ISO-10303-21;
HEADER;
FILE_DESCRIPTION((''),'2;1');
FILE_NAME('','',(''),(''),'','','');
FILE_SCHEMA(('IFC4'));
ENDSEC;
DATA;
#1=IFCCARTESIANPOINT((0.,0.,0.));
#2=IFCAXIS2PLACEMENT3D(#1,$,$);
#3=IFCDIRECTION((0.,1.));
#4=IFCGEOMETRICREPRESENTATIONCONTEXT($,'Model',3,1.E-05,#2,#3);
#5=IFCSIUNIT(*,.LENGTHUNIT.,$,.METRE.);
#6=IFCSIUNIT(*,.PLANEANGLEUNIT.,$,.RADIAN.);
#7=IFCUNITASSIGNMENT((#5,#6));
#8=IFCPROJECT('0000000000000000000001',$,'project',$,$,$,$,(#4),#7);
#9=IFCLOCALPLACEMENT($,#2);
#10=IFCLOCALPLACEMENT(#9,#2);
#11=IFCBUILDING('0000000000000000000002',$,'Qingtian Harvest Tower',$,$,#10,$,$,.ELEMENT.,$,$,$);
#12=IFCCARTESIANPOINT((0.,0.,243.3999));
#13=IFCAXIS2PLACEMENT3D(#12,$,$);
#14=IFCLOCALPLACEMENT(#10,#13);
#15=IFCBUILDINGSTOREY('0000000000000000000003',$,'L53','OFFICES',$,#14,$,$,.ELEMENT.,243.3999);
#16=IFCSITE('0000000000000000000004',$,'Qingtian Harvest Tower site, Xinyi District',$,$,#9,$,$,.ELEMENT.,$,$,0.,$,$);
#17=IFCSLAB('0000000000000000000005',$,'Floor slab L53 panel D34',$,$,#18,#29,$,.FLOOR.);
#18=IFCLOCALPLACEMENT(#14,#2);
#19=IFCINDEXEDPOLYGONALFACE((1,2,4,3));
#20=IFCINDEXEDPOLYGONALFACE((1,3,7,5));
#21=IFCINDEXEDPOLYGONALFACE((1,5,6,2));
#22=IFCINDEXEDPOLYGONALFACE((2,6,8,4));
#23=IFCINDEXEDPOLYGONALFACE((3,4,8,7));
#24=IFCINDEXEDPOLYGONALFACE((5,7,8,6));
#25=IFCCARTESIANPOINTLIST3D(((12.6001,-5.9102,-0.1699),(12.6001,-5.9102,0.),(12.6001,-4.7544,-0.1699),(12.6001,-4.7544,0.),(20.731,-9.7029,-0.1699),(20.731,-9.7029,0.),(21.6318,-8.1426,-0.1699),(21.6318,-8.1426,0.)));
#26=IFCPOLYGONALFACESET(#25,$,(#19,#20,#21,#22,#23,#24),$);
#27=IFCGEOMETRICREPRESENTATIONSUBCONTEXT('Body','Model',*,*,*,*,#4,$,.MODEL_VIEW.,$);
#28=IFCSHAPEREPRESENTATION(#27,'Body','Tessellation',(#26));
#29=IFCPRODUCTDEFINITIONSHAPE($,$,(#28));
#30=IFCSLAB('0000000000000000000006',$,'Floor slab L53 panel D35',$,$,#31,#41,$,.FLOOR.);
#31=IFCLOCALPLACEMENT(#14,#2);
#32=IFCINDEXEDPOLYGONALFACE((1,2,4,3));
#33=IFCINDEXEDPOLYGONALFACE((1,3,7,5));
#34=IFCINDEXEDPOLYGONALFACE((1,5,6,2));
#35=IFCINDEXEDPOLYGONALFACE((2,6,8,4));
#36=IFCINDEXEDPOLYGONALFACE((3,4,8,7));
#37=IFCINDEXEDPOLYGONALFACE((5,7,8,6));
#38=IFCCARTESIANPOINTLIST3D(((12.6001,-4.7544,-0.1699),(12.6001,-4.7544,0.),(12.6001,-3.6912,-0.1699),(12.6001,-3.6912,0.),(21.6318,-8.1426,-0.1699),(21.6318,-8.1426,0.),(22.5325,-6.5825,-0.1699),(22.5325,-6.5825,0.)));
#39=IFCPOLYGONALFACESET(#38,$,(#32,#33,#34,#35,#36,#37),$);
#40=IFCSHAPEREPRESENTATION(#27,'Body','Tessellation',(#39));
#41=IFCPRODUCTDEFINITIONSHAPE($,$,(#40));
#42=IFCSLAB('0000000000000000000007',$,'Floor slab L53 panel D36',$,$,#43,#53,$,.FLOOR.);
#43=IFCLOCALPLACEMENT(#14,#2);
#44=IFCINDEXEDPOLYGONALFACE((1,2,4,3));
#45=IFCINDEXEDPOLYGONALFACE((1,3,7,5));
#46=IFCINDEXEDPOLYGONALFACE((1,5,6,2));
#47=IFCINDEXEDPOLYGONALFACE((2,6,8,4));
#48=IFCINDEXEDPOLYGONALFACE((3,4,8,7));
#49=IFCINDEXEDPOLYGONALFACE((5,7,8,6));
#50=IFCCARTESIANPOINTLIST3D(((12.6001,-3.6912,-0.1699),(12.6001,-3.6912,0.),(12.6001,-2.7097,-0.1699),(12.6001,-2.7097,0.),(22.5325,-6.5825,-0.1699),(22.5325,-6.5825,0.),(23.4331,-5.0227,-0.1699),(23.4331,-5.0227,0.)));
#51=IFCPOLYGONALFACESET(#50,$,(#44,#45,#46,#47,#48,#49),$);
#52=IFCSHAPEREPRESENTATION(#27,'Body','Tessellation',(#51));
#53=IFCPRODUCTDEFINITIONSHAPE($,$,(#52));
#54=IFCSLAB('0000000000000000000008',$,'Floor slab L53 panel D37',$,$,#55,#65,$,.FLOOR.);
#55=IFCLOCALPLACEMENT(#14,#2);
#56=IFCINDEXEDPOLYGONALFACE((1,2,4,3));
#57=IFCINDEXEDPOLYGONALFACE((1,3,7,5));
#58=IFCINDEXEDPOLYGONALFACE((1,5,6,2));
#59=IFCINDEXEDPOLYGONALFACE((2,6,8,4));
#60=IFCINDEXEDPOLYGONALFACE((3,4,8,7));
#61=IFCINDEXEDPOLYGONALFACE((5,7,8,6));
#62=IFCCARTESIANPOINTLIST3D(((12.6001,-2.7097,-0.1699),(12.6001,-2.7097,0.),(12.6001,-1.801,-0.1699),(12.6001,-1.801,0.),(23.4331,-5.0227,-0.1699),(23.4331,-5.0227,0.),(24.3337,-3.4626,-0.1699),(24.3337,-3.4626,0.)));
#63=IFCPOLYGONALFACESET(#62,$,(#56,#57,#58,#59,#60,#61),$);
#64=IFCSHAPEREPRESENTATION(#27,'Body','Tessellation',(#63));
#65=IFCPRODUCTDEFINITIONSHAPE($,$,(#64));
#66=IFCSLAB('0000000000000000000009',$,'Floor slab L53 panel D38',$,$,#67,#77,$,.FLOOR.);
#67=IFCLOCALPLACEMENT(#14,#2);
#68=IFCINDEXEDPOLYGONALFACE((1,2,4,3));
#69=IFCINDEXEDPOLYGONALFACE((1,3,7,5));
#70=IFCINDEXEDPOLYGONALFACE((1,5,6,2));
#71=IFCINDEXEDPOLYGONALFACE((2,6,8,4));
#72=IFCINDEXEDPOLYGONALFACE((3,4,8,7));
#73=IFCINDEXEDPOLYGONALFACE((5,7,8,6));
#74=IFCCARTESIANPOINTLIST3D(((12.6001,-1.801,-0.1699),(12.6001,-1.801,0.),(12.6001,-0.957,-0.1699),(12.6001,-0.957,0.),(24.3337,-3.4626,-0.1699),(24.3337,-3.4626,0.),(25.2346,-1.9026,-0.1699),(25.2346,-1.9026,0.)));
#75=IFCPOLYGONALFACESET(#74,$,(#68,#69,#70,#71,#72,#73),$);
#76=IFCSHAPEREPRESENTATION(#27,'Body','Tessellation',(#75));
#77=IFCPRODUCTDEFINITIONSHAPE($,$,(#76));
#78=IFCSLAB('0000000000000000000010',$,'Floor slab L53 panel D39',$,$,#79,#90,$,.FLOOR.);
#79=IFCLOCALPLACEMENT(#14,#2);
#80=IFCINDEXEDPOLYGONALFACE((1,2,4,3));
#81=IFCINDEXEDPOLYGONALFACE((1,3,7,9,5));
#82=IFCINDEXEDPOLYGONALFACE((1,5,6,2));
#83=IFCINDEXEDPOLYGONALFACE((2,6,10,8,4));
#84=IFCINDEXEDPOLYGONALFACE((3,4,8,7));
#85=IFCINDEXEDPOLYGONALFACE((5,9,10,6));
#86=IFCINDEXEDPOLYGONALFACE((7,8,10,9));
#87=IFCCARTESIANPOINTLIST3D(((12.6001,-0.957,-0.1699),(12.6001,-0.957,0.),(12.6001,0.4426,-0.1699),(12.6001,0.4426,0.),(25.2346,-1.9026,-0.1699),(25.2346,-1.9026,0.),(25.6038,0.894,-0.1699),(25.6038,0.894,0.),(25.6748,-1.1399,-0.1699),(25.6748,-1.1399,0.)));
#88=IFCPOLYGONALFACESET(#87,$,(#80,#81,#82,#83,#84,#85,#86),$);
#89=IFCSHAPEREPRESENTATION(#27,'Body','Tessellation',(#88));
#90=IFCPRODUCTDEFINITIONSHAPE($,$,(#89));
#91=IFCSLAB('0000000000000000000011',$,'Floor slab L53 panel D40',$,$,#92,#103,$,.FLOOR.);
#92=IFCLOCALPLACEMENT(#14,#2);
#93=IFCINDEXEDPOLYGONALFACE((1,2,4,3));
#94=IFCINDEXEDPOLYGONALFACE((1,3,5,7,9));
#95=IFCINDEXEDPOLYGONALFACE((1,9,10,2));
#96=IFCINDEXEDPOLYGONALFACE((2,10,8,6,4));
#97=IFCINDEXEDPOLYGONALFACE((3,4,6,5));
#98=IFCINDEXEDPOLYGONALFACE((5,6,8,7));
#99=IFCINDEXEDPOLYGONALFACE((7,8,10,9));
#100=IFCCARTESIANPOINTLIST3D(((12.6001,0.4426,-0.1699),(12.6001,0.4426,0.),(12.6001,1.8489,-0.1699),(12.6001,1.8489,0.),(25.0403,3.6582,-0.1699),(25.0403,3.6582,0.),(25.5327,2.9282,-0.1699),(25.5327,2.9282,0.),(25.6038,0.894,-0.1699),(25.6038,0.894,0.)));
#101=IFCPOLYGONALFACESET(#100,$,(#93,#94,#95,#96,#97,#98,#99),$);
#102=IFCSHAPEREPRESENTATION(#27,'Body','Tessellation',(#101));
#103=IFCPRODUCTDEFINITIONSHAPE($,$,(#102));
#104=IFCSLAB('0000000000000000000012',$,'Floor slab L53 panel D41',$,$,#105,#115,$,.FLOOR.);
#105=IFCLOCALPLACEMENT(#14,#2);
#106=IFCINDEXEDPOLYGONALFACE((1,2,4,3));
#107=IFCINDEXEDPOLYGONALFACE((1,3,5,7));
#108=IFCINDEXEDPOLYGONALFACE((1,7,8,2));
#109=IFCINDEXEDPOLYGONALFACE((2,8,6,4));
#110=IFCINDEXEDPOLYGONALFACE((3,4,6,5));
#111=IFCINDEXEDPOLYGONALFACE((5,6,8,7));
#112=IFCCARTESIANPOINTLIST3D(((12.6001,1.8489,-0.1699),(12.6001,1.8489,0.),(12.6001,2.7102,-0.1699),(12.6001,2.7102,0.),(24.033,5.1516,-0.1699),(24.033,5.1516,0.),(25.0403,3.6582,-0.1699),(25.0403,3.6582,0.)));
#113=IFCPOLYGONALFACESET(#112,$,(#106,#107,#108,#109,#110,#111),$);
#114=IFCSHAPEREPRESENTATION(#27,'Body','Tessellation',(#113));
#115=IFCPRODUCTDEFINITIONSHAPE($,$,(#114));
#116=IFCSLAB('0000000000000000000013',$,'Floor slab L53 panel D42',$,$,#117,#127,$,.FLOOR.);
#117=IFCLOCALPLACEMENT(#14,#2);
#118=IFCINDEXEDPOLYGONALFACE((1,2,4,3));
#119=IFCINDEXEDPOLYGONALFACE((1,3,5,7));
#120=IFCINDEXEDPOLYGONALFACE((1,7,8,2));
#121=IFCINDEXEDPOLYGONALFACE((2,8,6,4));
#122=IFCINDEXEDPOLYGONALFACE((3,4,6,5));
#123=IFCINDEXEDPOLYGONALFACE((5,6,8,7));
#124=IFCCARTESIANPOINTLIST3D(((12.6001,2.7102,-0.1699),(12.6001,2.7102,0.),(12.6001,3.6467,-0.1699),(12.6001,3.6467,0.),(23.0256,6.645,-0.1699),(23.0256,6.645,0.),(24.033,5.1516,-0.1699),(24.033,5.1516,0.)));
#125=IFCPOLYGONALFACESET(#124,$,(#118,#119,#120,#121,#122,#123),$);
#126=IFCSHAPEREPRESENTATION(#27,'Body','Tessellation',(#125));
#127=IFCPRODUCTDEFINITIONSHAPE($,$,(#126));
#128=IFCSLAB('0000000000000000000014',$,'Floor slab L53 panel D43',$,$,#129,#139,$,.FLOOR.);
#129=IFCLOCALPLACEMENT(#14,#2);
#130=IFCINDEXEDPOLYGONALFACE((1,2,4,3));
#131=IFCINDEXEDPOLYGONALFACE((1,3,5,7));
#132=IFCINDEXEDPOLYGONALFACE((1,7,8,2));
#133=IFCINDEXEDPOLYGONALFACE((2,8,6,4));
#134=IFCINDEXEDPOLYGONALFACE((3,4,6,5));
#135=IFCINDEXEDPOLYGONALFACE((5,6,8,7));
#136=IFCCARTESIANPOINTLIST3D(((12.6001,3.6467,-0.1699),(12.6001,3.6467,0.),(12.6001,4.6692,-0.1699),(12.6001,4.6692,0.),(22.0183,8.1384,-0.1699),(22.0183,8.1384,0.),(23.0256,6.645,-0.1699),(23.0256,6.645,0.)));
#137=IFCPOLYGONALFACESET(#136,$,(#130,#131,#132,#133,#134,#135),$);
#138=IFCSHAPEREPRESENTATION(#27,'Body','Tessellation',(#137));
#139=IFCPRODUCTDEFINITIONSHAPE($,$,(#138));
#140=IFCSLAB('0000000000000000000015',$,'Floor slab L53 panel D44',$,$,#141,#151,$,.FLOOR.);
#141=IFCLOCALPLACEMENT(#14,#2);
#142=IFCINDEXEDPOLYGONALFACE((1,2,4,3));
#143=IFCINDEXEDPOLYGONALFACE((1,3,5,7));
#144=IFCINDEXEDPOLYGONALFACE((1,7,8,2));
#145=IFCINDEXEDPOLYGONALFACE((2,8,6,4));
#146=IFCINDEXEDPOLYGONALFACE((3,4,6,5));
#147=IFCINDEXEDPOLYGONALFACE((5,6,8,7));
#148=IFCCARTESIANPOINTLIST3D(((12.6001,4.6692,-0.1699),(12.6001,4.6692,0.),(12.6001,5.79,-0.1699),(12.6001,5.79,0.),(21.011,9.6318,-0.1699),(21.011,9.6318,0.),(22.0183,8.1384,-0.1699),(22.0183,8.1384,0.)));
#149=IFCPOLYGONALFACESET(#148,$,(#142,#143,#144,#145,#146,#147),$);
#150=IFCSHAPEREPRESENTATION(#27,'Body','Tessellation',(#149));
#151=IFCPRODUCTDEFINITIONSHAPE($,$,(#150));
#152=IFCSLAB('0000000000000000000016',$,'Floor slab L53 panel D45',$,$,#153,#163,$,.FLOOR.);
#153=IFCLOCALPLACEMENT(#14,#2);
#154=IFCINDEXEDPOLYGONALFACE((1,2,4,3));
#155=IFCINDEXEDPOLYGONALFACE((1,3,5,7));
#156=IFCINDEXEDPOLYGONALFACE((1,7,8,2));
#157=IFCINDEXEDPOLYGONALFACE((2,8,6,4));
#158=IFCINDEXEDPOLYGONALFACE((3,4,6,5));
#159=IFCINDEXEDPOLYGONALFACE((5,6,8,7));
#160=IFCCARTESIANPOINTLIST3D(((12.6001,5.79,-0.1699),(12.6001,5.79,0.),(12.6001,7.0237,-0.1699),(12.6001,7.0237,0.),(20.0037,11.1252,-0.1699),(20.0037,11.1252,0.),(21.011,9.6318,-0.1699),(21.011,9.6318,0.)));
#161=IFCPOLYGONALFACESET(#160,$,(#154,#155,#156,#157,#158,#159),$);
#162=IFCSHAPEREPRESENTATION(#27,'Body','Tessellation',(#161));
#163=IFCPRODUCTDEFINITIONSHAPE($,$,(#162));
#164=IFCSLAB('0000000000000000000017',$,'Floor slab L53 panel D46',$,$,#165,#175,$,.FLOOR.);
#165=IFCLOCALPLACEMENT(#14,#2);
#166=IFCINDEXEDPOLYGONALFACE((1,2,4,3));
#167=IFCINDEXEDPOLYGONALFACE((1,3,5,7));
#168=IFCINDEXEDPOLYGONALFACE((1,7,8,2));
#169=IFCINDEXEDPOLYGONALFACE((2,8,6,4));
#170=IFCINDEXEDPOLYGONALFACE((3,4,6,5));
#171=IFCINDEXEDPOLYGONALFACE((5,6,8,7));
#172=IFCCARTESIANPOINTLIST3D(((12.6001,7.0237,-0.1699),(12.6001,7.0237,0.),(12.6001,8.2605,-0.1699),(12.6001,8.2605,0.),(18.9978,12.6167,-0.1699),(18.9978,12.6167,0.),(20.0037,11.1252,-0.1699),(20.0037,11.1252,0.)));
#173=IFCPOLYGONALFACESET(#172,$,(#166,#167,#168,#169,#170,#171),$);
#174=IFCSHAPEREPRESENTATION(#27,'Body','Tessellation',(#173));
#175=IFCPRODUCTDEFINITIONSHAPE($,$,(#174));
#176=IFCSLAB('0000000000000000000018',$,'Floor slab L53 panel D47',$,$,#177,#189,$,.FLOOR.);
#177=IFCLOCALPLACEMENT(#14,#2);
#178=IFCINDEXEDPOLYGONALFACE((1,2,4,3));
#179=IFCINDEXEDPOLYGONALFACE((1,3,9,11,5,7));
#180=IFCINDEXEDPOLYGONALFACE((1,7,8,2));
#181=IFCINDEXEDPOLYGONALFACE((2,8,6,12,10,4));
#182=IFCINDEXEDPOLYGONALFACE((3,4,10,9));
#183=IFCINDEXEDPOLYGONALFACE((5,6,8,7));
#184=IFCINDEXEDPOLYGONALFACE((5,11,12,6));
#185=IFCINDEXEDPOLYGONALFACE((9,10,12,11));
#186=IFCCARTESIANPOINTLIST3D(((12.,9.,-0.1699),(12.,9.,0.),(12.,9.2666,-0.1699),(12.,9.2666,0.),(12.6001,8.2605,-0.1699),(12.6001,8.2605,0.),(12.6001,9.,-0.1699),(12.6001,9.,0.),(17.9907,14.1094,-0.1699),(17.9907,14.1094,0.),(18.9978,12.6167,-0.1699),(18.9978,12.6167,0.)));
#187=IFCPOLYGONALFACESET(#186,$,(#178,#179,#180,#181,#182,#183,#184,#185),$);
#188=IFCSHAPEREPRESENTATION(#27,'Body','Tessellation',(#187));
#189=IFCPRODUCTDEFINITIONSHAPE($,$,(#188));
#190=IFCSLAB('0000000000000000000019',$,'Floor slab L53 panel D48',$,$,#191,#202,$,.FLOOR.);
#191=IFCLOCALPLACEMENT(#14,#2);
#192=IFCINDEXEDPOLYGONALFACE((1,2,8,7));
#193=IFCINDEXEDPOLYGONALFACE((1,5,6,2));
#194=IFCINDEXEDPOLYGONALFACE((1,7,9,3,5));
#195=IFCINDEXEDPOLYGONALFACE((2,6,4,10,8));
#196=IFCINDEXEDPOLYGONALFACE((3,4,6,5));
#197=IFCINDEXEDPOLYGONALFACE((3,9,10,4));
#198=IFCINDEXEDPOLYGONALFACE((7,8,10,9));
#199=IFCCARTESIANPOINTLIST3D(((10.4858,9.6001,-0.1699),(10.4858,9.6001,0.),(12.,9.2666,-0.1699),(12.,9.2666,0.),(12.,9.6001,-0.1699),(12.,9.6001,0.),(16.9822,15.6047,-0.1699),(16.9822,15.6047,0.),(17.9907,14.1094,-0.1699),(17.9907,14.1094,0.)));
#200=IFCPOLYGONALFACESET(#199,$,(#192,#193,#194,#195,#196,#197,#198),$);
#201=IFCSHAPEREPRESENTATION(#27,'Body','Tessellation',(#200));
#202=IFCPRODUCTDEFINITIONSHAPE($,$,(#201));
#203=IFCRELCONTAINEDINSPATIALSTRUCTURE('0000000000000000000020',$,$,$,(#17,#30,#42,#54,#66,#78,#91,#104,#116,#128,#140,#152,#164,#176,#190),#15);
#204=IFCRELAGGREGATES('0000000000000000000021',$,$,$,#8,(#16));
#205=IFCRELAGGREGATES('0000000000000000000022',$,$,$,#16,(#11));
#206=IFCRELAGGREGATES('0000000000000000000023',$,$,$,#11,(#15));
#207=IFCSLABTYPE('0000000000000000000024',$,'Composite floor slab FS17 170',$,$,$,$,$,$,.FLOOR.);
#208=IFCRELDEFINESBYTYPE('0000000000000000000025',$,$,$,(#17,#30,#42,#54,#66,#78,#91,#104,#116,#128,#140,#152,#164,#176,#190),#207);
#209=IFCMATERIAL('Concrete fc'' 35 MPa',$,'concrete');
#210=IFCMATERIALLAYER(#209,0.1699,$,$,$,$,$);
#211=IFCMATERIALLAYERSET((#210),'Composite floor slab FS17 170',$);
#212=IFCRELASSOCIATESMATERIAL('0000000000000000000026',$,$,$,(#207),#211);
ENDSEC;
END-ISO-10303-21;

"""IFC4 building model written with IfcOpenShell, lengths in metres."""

from ifc_helpers import new_model, si_unit, direction, frame, origin, place, context, subcontext, project, spatial, polyline, outline, extrude, material, layer, layer_set, type_object, element, save


model = new_model("IFC4")

# Units and contexts
model_context = context("Model", 3, precision=1e-05, world=origin(), true_north=direction((0.0, 1.0)))
body_context = subcontext(model_context, "Body", "Model", "MODEL_VIEW")
ifc_project = project(units=[si_unit("LENGTHUNIT", "METRE"), si_unit("PLANEANGLEUNIT", "RADIAN")], contexts=[model_context])

# Site, building, storey
site_placement = place(None, origin())
site = spatial("IfcSite", under=ifc_project, at=site_placement, Name="Qingtian Harvest Tower site, Xinyi District", CompositionType="ELEMENT", RefElevation=0.0)
building_placement = place(site_placement, origin())
building = spatial("IfcBuilding", under=site, at=building_placement, Name="Qingtian Harvest Tower", CompositionType="ELEMENT")
storey_placement = place(building_placement, frame((0.0, 0.0, 243.3999)))
storey = spatial("IfcBuildingStorey", under=building, at=storey_placement, Name="L53", Description="OFFICES", CompositionType="ELEMENT", Elevation=243.3999)

# Slabs
ifc_material_1 = material(Name="Concrete fc' 35 MPa", Category="concrete")
ifc_layer_1 = layer(ifc_material_1, 0.1699)
ifc_layer_set_1 = layer_set([ifc_layer_1], Name="Composite floor slab FS17 170")
slab_type = type_object("IfcSlabType", Name="Composite floor slab FS17 170", PredefinedType="FLOOR", material=ifc_layer_set_1)
slab_1_placement = place(storey_placement, frame((0.0, 0.0, -0.1699)))
element("IfcSlab", 1, at=slab_1_placement, inside=storey, type_object=slab_type, Name="Floor slab L53 panel D34", PredefinedType="FLOOR", context=body_context, shape_type="SweptSolid", body=[
    extrude(outline(polyline([(12.6001, -4.7544), (21.6318, -8.1426), (20.731, -9.7029), (12.6001, -5.9102), (12.6001, -4.7544)])), origin(), (0.0, 0.0, 1.0), 0.1699),
])
slab_2_placement = place(storey_placement, frame((0.0, 0.0, -0.1699)))
element("IfcSlab", 2, at=slab_2_placement, inside=storey, type_object=slab_type, Name="Floor slab L53 panel D35", PredefinedType="FLOOR", context=body_context, shape_type="SweptSolid", body=[
    extrude(outline(polyline([(12.6001, -3.6912), (22.5325, -6.5825), (21.6318, -8.1426), (12.6001, -4.7544), (12.6001, -3.6912)])), origin(), (0.0, 0.0, 1.0), 0.1699),
])
slab_3_placement = place(storey_placement, frame((0.0, 0.0, -0.1699)))
element("IfcSlab", 3, at=slab_3_placement, inside=storey, type_object=slab_type, Name="Floor slab L53 panel D36", PredefinedType="FLOOR", context=body_context, shape_type="SweptSolid", body=[
    extrude(outline(polyline([(12.6001, -2.7097), (23.4331, -5.0227), (22.5325, -6.5825), (12.6001, -3.6912), (12.6001, -2.7097)])), origin(), (0.0, 0.0, 1.0), 0.1699),
])
slab_4_placement = place(storey_placement, frame((0.0, 0.0, -0.1699)))
element("IfcSlab", 4, at=slab_4_placement, inside=storey, type_object=slab_type, Name="Floor slab L53 panel D37", PredefinedType="FLOOR", context=body_context, shape_type="SweptSolid", body=[
    extrude(outline(polyline([(12.6001, -1.801), (24.3337, -3.4626), (23.4331, -5.0227), (12.6001, -2.7097), (12.6001, -1.801)])), origin(), (0.0, 0.0, 1.0), 0.1699),
])
slab_5_placement = place(storey_placement, frame((0.0, 0.0, -0.1699)))
element("IfcSlab", 5, at=slab_5_placement, inside=storey, type_object=slab_type, Name="Floor slab L53 panel D38", PredefinedType="FLOOR", context=body_context, shape_type="SweptSolid", body=[
    extrude(outline(polyline([(12.6001, -0.957), (25.2346, -1.9026), (24.3337, -3.4626), (12.6001, -1.801), (12.6001, -0.957)])), origin(), (0.0, 0.0, 1.0), 0.1699),
])
slab_6_placement = place(storey_placement, frame((0.0, 0.0, -0.1699)))
element("IfcSlab", 6, at=slab_6_placement, inside=storey, type_object=slab_type, Name="Floor slab L53 panel D39", PredefinedType="FLOOR", context=body_context, shape_type="SweptSolid", body=[
    extrude(outline(polyline([(12.6001, -0.957), (12.6001, 0.4426), (25.6038, 0.894), (25.6748, -1.1399), (25.2346, -1.9026), (12.6001, -0.957)])), origin(), (0.0, 0.0, 1.0), 0.1699),
])
slab_7_placement = place(storey_placement, frame((0.0, 0.0, -0.1699)))
element("IfcSlab", 7, at=slab_7_placement, inside=storey, type_object=slab_type, Name="Floor slab L53 panel D40", PredefinedType="FLOOR", context=body_context, shape_type="SweptSolid", body=[
    extrude(outline(polyline([(12.6001, 0.4426), (12.6001, 1.8489), (25.0403, 3.6582), (25.5327, 2.9282), (25.6038, 0.894), (12.6001, 0.4426)])), origin(), (0.0, 0.0, 1.0), 0.1699),
])
slab_8_placement = place(storey_placement, frame((0.0, 0.0, -0.1699)))
element("IfcSlab", 8, at=slab_8_placement, inside=storey, type_object=slab_type, Name="Floor slab L53 panel D41", PredefinedType="FLOOR", context=body_context, shape_type="SweptSolid", body=[
    extrude(outline(polyline([(12.6001, 2.7102), (24.033, 5.1516), (25.0403, 3.6582), (12.6001, 1.8489), (12.6001, 2.7102)])), origin(), (0.0, 0.0, 1.0), 0.1699),
])
slab_9_placement = place(storey_placement, frame((0.0, 0.0, -0.1699)))
element("IfcSlab", 9, at=slab_9_placement, inside=storey, type_object=slab_type, Name="Floor slab L53 panel D42", PredefinedType="FLOOR", context=body_context, shape_type="SweptSolid", body=[
    extrude(outline(polyline([(12.6001, 3.6467), (23.0256, 6.645), (24.033, 5.1516), (12.6001, 2.7102), (12.6001, 3.6467)])), origin(), (0.0, 0.0, 1.0), 0.1699),
])
slab_10_placement = place(storey_placement, frame((0.0, 0.0, -0.1699)))
element("IfcSlab", 10, at=slab_10_placement, inside=storey, type_object=slab_type, Name="Floor slab L53 panel D43", PredefinedType="FLOOR", context=body_context, shape_type="SweptSolid", body=[
    extrude(outline(polyline([(12.6001, 4.6692), (22.0183, 8.1384), (23.0256, 6.645), (12.6001, 3.6467), (12.6001, 4.6692)])), origin(), (0.0, 0.0, 1.0), 0.1699),
])
slab_11_placement = place(storey_placement, frame((0.0, 0.0, -0.1699)))
element("IfcSlab", 11, at=slab_11_placement, inside=storey, type_object=slab_type, Name="Floor slab L53 panel D44", PredefinedType="FLOOR", context=body_context, shape_type="SweptSolid", body=[
    extrude(outline(polyline([(12.6001, 5.79), (21.011, 9.6318), (22.0183, 8.1384), (12.6001, 4.6692), (12.6001, 5.79)])), origin(), (0.0, 0.0, 1.0), 0.1699),
])
slab_12_placement = place(storey_placement, frame((0.0, 0.0, -0.1699)))
element("IfcSlab", 12, at=slab_12_placement, inside=storey, type_object=slab_type, Name="Floor slab L53 panel D45", PredefinedType="FLOOR", context=body_context, shape_type="SweptSolid", body=[
    extrude(outline(polyline([(12.6001, 7.0237), (20.0037, 11.1252), (21.011, 9.6318), (12.6001, 5.79), (12.6001, 7.0237)])), origin(), (0.0, 0.0, 1.0), 0.1699),
])
slab_13_placement = place(storey_placement, frame((0.0, 0.0, -0.1699)))
element("IfcSlab", 13, at=slab_13_placement, inside=storey, type_object=slab_type, Name="Floor slab L53 panel D46", PredefinedType="FLOOR", context=body_context, shape_type="SweptSolid", body=[
    extrude(outline(polyline([(12.6001, 8.2605), (18.9978, 12.6167), (20.0037, 11.1252), (12.6001, 7.0237), (12.6001, 8.2605)])), origin(), (0.0, 0.0, 1.0), 0.1699),
])
slab_14_placement = place(storey_placement, frame((0.0, 0.0, -0.1699)))
element("IfcSlab", 14, at=slab_14_placement, inside=storey, type_object=slab_type, Name="Floor slab L53 panel D47", PredefinedType="FLOOR", context=body_context, shape_type="SweptSolid", body=[
    extrude(outline(polyline([(12.6001, 9.0), (12.0, 9.0), (12.0, 9.2666), (17.9907, 14.1094), (18.9978, 12.6167), (12.6001, 8.2605), (12.6001, 9.0)])), origin(), (0.0, 0.0, 1.0), 0.1699),
])
slab_15_placement = place(storey_placement, frame((0.0, 0.0, -0.1699)))
element("IfcSlab", 15, at=slab_15_placement, inside=storey, type_object=slab_type, Name="Floor slab L53 panel D48", PredefinedType="FLOOR", context=body_context, shape_type="SweptSolid", body=[
    extrude(outline(polyline([(12.0, 9.6001), (10.4858, 9.6001), (16.9822, 15.6047), (17.9907, 14.1094), (12.0, 9.2666), (12.0, 9.6001)])), origin(), (0.0, 0.0, 1.0), 0.1699),
])

save(model, "model.ifc")
